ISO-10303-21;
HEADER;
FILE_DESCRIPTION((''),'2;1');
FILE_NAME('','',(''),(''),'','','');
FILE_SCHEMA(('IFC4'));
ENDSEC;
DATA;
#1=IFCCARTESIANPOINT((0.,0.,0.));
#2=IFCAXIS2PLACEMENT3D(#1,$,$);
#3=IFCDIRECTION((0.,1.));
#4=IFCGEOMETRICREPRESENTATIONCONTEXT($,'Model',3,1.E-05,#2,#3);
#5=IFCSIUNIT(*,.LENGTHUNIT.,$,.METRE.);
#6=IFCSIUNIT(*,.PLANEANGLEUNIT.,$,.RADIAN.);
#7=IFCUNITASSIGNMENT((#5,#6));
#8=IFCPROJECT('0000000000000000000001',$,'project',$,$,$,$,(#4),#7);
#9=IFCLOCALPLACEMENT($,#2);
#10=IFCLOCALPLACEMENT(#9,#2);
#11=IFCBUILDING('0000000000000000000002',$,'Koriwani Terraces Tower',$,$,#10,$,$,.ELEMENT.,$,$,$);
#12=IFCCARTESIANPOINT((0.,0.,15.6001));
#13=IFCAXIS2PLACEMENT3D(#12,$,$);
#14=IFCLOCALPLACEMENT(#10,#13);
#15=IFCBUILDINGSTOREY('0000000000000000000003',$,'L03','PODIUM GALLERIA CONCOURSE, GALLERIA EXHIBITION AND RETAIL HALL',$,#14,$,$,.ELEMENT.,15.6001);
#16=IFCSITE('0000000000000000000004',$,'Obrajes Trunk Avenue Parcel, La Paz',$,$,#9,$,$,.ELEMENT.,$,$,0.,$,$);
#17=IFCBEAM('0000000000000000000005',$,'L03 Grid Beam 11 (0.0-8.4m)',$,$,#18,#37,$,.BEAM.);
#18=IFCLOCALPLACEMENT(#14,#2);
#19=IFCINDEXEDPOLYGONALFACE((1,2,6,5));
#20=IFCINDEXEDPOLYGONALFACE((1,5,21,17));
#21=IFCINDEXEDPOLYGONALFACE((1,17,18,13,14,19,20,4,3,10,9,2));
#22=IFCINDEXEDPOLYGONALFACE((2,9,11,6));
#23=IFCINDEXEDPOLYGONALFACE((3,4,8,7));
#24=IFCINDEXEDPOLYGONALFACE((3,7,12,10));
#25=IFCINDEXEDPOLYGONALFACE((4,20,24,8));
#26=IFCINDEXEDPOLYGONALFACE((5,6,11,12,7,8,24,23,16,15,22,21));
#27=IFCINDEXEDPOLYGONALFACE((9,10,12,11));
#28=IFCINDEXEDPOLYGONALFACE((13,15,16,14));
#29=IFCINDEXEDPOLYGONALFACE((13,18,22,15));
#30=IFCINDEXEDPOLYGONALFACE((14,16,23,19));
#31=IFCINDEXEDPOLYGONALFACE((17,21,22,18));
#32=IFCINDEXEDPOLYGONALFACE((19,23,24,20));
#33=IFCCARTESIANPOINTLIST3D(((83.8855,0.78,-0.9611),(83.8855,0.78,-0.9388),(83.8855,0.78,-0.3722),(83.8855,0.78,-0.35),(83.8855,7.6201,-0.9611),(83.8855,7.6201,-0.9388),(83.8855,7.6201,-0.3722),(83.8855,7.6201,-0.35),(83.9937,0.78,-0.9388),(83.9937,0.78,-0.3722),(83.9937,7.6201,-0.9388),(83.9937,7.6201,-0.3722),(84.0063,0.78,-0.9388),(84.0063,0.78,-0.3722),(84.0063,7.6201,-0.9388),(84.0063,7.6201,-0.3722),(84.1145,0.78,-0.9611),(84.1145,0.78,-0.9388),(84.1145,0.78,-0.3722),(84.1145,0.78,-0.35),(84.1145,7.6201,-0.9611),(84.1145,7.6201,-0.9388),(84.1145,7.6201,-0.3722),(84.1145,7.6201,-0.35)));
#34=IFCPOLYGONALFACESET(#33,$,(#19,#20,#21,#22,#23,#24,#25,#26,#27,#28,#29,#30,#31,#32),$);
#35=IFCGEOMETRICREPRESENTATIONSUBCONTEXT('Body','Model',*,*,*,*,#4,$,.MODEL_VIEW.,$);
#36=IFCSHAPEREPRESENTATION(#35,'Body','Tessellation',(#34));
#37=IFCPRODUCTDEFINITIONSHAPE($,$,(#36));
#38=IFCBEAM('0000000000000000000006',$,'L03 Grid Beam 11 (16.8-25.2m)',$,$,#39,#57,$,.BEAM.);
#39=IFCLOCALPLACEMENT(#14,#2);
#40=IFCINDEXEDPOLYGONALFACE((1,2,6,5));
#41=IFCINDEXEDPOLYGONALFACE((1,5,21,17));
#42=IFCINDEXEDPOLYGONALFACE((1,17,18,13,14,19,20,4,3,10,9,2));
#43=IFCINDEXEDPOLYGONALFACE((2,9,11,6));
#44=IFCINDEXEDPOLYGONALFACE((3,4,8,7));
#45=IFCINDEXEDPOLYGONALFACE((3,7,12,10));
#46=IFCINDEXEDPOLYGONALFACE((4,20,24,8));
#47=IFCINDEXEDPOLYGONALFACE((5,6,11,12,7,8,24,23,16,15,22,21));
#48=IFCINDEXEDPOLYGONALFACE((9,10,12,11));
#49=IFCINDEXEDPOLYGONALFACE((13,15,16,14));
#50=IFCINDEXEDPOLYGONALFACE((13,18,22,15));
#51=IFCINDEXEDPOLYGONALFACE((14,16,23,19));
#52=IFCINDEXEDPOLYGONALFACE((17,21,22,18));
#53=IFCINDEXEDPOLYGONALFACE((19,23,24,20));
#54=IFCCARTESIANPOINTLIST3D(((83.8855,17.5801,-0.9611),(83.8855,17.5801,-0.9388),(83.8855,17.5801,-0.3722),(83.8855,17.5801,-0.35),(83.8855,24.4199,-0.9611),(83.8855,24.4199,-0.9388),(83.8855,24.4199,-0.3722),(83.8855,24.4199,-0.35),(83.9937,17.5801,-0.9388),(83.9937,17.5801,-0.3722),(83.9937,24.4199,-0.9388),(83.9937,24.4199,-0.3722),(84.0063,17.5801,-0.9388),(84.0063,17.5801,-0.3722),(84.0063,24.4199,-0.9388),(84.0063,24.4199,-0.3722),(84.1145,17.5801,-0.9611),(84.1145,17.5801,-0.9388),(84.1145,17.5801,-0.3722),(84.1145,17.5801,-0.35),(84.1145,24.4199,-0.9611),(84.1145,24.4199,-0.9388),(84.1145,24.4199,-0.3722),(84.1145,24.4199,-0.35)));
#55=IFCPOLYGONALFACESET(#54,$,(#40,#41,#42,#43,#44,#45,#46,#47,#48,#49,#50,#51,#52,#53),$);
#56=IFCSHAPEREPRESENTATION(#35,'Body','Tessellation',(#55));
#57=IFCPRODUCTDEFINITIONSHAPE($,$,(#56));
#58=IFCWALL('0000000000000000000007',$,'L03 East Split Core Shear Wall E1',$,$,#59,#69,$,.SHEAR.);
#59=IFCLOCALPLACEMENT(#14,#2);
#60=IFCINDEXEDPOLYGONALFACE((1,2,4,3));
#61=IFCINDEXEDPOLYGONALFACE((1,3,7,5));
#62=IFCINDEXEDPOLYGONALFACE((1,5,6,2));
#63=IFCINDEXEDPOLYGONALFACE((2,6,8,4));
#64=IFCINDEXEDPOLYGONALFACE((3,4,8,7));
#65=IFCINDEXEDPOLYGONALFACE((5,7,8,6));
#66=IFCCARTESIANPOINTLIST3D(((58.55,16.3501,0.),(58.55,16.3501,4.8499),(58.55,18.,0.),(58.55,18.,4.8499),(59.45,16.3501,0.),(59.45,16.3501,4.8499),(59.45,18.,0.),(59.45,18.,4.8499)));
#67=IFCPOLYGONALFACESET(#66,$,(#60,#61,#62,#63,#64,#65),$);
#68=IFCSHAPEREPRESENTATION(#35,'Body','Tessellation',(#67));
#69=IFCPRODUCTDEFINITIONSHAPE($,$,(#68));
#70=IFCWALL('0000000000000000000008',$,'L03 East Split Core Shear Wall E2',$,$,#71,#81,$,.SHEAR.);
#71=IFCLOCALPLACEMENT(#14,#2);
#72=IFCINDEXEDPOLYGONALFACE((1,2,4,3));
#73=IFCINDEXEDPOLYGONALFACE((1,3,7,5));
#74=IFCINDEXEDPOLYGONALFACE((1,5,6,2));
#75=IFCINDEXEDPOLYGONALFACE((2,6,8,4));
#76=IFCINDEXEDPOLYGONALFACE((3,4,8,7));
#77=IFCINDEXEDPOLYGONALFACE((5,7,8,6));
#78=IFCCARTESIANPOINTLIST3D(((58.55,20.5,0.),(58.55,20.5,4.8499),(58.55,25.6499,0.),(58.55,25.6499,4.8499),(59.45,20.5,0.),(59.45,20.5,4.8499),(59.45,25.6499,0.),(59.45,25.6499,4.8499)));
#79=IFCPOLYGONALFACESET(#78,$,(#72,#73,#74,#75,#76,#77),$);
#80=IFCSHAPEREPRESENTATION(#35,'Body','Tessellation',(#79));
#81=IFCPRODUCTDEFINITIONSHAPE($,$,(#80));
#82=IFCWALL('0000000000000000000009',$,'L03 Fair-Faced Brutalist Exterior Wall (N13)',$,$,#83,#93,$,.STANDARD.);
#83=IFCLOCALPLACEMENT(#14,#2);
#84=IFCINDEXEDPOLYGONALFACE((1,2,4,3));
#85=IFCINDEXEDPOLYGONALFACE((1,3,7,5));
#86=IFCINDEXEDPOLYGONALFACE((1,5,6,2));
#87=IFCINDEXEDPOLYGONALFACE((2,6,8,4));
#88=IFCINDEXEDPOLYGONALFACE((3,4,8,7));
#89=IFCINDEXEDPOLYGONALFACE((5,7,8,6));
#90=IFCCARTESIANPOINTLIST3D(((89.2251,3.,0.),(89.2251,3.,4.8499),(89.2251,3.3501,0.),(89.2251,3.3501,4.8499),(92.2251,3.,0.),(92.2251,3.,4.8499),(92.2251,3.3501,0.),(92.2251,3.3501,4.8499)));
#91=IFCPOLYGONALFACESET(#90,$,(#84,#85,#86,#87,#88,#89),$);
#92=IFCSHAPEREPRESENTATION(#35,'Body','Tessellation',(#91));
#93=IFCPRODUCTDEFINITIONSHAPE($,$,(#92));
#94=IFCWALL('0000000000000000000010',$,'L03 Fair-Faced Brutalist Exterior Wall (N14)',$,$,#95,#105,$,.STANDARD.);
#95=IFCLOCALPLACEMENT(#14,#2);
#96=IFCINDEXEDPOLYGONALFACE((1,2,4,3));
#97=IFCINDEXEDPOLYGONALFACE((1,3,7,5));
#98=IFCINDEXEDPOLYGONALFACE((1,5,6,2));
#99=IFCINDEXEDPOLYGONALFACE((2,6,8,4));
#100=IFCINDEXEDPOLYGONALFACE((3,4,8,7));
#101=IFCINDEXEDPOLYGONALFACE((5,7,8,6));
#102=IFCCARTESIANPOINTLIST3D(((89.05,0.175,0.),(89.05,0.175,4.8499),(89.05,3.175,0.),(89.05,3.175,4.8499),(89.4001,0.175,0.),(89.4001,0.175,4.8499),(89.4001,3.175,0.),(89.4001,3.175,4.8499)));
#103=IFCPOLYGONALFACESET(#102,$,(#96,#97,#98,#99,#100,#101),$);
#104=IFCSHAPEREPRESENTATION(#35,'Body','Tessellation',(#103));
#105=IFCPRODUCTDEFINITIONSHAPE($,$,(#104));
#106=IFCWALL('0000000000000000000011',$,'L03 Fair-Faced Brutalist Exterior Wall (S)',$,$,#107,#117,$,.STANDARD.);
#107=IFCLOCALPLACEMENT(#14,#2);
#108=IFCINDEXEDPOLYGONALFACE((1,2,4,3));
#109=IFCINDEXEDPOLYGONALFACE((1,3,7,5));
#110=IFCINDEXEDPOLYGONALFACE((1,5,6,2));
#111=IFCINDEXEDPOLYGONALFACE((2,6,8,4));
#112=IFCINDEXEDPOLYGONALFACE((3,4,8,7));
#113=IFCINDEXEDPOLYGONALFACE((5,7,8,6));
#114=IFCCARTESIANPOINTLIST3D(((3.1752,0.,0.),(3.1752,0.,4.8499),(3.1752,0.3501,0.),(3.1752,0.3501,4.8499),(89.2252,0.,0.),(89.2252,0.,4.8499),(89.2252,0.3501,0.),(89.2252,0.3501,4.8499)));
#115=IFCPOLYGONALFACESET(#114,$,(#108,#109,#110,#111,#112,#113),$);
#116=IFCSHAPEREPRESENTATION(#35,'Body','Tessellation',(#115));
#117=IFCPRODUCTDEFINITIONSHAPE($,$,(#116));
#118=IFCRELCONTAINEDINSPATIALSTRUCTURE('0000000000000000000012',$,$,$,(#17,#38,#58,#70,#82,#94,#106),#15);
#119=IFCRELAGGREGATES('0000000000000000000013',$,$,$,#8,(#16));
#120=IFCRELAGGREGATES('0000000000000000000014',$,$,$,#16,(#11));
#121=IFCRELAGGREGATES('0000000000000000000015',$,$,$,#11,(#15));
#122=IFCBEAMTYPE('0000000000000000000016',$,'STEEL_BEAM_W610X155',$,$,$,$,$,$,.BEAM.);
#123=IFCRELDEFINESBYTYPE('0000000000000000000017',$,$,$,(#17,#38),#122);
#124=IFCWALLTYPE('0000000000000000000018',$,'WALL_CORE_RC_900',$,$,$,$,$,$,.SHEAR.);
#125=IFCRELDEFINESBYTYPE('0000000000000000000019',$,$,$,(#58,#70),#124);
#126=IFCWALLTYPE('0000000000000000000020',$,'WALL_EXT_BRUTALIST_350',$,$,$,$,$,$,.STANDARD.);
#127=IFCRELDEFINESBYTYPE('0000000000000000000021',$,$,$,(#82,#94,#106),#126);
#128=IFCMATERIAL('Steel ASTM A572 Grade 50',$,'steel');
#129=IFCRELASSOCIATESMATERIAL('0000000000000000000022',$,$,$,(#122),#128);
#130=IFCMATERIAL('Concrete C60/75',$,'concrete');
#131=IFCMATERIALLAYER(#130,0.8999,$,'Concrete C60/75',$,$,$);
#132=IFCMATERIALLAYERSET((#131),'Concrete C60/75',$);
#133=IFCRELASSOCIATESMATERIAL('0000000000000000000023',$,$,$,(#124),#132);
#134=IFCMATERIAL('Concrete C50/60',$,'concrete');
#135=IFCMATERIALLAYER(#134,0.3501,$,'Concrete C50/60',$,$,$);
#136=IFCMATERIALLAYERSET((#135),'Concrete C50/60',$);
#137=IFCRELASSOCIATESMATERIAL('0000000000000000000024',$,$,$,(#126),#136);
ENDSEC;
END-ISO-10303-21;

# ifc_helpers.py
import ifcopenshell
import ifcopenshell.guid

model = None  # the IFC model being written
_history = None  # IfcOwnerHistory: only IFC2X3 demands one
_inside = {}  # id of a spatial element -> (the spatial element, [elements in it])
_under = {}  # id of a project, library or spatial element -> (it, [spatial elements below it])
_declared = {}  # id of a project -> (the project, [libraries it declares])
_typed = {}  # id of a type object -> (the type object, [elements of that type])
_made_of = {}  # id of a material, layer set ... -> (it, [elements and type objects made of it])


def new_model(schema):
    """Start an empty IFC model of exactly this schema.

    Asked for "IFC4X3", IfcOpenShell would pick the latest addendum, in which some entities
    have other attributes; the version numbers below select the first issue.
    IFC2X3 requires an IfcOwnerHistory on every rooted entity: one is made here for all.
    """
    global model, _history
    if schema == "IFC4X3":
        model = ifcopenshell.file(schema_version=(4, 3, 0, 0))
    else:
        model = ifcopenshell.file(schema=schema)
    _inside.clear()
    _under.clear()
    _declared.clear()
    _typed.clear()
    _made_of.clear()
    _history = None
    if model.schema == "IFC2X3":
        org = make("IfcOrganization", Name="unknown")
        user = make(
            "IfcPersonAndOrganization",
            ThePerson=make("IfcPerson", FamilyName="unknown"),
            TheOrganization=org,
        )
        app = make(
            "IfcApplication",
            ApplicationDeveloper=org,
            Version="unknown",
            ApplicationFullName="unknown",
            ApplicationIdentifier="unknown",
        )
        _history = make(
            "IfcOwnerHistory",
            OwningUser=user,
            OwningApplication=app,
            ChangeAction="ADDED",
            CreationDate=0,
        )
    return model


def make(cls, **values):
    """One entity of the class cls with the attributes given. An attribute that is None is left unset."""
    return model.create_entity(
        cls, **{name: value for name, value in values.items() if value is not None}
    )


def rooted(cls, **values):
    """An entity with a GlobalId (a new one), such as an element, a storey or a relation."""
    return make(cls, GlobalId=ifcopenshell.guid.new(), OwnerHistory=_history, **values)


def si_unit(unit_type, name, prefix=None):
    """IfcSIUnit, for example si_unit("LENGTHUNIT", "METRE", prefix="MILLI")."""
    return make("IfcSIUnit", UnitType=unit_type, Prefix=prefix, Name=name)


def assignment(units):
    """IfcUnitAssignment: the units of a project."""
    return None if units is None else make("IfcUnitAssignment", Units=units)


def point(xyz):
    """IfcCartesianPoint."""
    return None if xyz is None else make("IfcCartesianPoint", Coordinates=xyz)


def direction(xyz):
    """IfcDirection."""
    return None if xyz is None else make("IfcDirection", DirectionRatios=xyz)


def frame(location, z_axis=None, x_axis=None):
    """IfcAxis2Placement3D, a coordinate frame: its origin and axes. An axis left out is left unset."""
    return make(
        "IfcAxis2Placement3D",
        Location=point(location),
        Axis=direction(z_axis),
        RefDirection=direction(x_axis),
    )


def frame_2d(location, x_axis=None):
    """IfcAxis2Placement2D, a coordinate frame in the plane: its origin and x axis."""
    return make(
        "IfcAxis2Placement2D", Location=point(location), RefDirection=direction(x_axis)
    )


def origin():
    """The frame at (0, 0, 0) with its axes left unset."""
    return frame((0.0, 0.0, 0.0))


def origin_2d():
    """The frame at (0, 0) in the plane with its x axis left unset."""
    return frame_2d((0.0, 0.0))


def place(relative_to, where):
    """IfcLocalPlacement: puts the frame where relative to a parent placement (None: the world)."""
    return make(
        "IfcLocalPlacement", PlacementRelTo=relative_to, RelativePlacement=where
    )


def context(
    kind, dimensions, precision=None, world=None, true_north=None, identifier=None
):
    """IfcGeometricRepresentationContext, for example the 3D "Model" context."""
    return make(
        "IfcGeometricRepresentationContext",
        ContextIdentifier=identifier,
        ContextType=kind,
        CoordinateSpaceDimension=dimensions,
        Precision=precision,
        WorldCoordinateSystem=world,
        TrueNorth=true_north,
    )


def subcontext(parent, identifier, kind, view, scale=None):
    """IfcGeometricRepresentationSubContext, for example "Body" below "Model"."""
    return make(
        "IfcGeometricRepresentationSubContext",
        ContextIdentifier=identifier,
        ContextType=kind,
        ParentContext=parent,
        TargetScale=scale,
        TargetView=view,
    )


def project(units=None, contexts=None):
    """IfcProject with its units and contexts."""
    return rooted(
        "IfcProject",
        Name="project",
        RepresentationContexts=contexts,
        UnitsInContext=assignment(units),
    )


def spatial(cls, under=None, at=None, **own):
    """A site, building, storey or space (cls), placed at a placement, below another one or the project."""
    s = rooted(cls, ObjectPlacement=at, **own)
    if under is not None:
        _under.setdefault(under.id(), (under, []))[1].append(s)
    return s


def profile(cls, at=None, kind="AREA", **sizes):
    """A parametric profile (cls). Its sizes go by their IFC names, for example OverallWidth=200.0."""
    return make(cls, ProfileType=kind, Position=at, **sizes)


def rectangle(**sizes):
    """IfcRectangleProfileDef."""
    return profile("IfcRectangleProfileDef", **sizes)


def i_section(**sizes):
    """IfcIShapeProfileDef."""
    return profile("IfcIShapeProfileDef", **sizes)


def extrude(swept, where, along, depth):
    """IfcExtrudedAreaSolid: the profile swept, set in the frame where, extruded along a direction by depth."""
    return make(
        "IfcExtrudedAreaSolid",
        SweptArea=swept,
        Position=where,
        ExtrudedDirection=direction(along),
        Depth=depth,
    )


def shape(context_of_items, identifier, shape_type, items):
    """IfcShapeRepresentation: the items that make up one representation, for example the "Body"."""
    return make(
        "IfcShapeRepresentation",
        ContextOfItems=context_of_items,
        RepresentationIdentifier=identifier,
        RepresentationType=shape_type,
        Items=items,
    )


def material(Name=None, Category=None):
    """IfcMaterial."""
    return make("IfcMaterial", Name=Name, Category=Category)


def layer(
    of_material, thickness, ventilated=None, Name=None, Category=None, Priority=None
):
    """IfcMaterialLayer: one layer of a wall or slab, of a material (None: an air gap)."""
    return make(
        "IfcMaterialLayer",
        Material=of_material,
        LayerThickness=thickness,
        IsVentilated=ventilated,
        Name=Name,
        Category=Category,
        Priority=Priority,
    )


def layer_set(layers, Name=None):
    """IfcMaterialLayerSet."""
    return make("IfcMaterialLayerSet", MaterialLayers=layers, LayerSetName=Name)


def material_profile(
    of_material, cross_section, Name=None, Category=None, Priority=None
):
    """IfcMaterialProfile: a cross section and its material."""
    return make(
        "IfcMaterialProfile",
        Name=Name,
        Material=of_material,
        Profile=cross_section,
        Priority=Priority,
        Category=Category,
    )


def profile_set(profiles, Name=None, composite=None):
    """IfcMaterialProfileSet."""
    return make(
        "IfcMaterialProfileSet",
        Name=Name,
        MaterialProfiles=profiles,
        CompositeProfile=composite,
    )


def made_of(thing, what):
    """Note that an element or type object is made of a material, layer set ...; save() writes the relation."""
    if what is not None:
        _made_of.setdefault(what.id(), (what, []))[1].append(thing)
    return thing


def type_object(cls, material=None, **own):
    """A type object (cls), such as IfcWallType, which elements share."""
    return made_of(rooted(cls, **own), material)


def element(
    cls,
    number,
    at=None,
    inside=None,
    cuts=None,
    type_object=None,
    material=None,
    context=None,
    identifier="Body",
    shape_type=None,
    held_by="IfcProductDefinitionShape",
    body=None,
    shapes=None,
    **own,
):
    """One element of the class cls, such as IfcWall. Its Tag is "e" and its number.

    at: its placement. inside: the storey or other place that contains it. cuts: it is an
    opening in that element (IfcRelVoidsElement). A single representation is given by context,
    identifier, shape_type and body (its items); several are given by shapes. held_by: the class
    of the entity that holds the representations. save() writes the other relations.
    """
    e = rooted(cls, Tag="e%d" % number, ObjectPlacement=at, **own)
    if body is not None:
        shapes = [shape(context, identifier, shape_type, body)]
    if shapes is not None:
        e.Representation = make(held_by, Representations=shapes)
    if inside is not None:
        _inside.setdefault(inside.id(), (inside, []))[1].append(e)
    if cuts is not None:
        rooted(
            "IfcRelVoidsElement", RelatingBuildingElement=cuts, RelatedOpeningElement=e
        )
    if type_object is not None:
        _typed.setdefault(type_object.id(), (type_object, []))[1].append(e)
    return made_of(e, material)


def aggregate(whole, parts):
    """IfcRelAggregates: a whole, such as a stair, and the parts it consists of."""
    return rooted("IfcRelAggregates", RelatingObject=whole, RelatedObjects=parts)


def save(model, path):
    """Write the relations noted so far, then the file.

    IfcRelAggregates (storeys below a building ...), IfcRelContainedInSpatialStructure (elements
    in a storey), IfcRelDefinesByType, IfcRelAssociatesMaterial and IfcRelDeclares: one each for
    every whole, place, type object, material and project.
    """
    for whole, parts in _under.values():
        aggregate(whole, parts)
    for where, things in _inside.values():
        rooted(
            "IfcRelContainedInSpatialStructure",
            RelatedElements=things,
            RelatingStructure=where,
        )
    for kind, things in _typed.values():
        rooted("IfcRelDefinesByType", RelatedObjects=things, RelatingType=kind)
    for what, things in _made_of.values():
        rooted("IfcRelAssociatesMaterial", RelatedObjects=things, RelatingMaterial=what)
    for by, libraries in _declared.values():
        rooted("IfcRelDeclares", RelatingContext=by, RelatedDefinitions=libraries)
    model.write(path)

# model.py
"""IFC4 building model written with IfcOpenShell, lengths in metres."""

from ifc_helpers import new_model, si_unit, direction, frame, frame_2d, origin, origin_2d, place, context, subcontext, project, spatial, rectangle, i_section, extrude, material, layer, layer_set, material_profile, profile_set, type_object, element, save


model = new_model("IFC4")

# Units and contexts
model_context = context("Model", 3, precision=1e-05, world=origin(), true_north=direction((0.0, 1.0)))
body_context = subcontext(model_context, "Body", "Model", "MODEL_VIEW")
ifc_project = project(units=[si_unit("LENGTHUNIT", "METRE"), si_unit("PLANEANGLEUNIT", "RADIAN")], contexts=[model_context])

# Site, building, storey
site_placement = place(None, origin())
site = spatial("IfcSite", under=ifc_project, at=site_placement, Name="Obrajes Trunk Avenue Parcel, La Paz", CompositionType="ELEMENT", RefElevation=0.0)
building_placement = place(site_placement, origin())
building = spatial("IfcBuilding", under=site, at=building_placement, Name="Koriwani Terraces Tower", CompositionType="ELEMENT")
storey_placement = place(building_placement, frame((0.0, 0.0, 15.6001)))
storey = spatial("IfcBuildingStorey", under=building, at=storey_placement, Name="L03", Description="PODIUM GALLERIA CONCOURSE, GALLERIA EXHIBITION AND RETAIL HALL", CompositionType="ELEMENT", Elevation=15.6001)

# Shared definitions
ifc_material_1 = material(Name="Concrete C60/75", Category="concrete")

# Beams
ifc_material_2 = material(Name="Steel ASTM A572 Grade 50", Category="steel")
ifc_material_profile_1 = material_profile(ifc_material_2, i_section(OverallWidth=0.229, OverallDepth=0.6111, WebThickness=0.0127, FlangeThickness=0.0222, at=origin_2d()), Name="Steel ASTM A572 Grade 50", Category="LoadBearing")
ifc_profile_set_1 = profile_set([ifc_material_profile_1], Name="Steel ASTM A572 Grade 50")
beam_type_1 = type_object("IfcBeamType", Name="STEEL_BEAM_W610X155", PredefinedType="BEAM", material=ifc_profile_set_1)
for number, where, z_axis, x_axis, name in (
    (1, (84.0, 0.78, -0.6555), (0.0, 1.0, 0.0), (-1.0, 0.0, 0.0), "L03 Grid Beam 11 (0.0-8.4m)"),
):
    element("IfcBeam", number, at=place(storey_placement, frame(where, z_axis=z_axis, x_axis=x_axis)), inside=storey, type_object=beam_type_1, Name=name, PredefinedType="BEAM", context=body_context, shape_type="SweptSolid", body=[
        extrude(i_section(OverallWidth=0.229, OverallDepth=0.6111, WebThickness=0.0127, FlangeThickness=0.0222, at=origin_2d()), origin(), (0.0, 0.0, 1.0), 6.8401),
    ])
beam_1_placement = place(storey_placement, frame((84.0, 17.5801, -0.6555), z_axis=(0.0, 1.0, 0.0), x_axis=(-1.0, 0.0, 0.0)))
element("IfcBeam", 2, at=beam_1_placement, inside=storey, type_object=beam_type_1, Name="L03 Grid Beam 11 (16.8-25.2m)", PredefinedType="BEAM", context=body_context, shape_type="SweptSolid", body=[
    extrude(i_section(OverallWidth=0.229, OverallDepth=0.6111, WebThickness=0.0127, FlangeThickness=0.0222, at=origin_2d()), origin(), (0.0, 0.0, 1.0), 6.8398),
])

# Walls
ifc_layer_1 = layer(ifc_material_1, 0.8999, Name="Concrete C60/75")
ifc_layer_set_1 = layer_set([ifc_layer_1], Name="Concrete C60/75")
wall_type_1 = type_object("IfcWallType", Name="WALL_CORE_RC_900", PredefinedType="SHEAR", material=ifc_layer_set_1)
wall_1_placement = place(storey_placement, frame((59.0, 16.3501, 0.0), z_axis=(0.0, 0.0, 1.0), x_axis=(0.0, 1.0, 0.0)))
element("IfcWall", 3, at=wall_1_placement, inside=storey, type_object=wall_type_1, Name="L03 East Split Core Shear Wall E1", PredefinedType="SHEAR", context=body_context, shape_type="SweptSolid", body=[
    extrude(rectangle(XDim=1.6499, YDim=0.8999, at=frame_2d((0.825, 0.0))), origin(), (0.0, 0.0, 1.0), 4.8499),
])
wall_2_placement = place(storey_placement, frame((59.0, 20.5, 0.0), z_axis=(0.0, 0.0, 1.0), x_axis=(0.0, 1.0, 0.0)))
element("IfcWall", 4, at=wall_2_placement, inside=storey, type_object=wall_type_1, Name="L03 East Split Core Shear Wall E2", PredefinedType="SHEAR", context=body_context, shape_type="SweptSolid", body=[
    extrude(rectangle(XDim=5.1499, YDim=0.8999, at=frame_2d((2.575, 0.0))), origin(), (0.0, 0.0, 1.0), 4.8499),
])
ifc_material_3 = material(Name="Concrete C50/60", Category="concrete")
ifc_layer_2 = layer(ifc_material_3, 0.3501, Name="Concrete C50/60")
ifc_layer_set_2 = layer_set([ifc_layer_2], Name="Concrete C50/60")
wall_type_2 = type_object("IfcWallType", Name="WALL_EXT_BRUTALIST_350", PredefinedType="STANDARD", material=ifc_layer_set_2)
for number, where, z_axis, x_axis, name in (
    (5, (92.2251, 3.175, 0.0), (0.0, 0.0, 1.0), (-1.0, 0.0, 0.0), "L03 Fair-Faced Brutalist Exterior Wall (N13)"),
    (6, (89.2251, 3.175, 0.0), (0.0, 0.0, 1.0), (0.0, -1.0, 0.0), "L03 Fair-Faced Brutalist Exterior Wall (N14)"),
):
    element("IfcWall", number, at=place(storey_placement, frame(where, z_axis=z_axis, x_axis=x_axis)), inside=storey, type_object=wall_type_2, Name=name, PredefinedType="STANDARD", context=body_context, shape_type="SweptSolid", body=[
        extrude(rectangle(XDim=3.0, YDim=0.3501, at=frame_2d((1.5, 0.0))), origin(), (0.0, 0.0, 1.0), 4.8499),
    ])
wall_3_placement = place(storey_placement, frame((89.2251, 0.175, 0.0), z_axis=(0.0, 0.0, 1.0), x_axis=(-1.0, 0.0, 0.0)))
element("IfcWall", 7, at=wall_3_placement, inside=storey, type_object=wall_type_2, Name="L03 Fair-Faced Brutalist Exterior Wall (S)", PredefinedType="STANDARD", context=body_context, shape_type="SweptSolid", body=[
    extrude(rectangle(XDim=86.05, YDim=0.3501, at=frame_2d((43.0249, 0.0))), origin(), (0.0, 0.0, 1.0), 4.8499),
])

save(model, "model.ifc")
